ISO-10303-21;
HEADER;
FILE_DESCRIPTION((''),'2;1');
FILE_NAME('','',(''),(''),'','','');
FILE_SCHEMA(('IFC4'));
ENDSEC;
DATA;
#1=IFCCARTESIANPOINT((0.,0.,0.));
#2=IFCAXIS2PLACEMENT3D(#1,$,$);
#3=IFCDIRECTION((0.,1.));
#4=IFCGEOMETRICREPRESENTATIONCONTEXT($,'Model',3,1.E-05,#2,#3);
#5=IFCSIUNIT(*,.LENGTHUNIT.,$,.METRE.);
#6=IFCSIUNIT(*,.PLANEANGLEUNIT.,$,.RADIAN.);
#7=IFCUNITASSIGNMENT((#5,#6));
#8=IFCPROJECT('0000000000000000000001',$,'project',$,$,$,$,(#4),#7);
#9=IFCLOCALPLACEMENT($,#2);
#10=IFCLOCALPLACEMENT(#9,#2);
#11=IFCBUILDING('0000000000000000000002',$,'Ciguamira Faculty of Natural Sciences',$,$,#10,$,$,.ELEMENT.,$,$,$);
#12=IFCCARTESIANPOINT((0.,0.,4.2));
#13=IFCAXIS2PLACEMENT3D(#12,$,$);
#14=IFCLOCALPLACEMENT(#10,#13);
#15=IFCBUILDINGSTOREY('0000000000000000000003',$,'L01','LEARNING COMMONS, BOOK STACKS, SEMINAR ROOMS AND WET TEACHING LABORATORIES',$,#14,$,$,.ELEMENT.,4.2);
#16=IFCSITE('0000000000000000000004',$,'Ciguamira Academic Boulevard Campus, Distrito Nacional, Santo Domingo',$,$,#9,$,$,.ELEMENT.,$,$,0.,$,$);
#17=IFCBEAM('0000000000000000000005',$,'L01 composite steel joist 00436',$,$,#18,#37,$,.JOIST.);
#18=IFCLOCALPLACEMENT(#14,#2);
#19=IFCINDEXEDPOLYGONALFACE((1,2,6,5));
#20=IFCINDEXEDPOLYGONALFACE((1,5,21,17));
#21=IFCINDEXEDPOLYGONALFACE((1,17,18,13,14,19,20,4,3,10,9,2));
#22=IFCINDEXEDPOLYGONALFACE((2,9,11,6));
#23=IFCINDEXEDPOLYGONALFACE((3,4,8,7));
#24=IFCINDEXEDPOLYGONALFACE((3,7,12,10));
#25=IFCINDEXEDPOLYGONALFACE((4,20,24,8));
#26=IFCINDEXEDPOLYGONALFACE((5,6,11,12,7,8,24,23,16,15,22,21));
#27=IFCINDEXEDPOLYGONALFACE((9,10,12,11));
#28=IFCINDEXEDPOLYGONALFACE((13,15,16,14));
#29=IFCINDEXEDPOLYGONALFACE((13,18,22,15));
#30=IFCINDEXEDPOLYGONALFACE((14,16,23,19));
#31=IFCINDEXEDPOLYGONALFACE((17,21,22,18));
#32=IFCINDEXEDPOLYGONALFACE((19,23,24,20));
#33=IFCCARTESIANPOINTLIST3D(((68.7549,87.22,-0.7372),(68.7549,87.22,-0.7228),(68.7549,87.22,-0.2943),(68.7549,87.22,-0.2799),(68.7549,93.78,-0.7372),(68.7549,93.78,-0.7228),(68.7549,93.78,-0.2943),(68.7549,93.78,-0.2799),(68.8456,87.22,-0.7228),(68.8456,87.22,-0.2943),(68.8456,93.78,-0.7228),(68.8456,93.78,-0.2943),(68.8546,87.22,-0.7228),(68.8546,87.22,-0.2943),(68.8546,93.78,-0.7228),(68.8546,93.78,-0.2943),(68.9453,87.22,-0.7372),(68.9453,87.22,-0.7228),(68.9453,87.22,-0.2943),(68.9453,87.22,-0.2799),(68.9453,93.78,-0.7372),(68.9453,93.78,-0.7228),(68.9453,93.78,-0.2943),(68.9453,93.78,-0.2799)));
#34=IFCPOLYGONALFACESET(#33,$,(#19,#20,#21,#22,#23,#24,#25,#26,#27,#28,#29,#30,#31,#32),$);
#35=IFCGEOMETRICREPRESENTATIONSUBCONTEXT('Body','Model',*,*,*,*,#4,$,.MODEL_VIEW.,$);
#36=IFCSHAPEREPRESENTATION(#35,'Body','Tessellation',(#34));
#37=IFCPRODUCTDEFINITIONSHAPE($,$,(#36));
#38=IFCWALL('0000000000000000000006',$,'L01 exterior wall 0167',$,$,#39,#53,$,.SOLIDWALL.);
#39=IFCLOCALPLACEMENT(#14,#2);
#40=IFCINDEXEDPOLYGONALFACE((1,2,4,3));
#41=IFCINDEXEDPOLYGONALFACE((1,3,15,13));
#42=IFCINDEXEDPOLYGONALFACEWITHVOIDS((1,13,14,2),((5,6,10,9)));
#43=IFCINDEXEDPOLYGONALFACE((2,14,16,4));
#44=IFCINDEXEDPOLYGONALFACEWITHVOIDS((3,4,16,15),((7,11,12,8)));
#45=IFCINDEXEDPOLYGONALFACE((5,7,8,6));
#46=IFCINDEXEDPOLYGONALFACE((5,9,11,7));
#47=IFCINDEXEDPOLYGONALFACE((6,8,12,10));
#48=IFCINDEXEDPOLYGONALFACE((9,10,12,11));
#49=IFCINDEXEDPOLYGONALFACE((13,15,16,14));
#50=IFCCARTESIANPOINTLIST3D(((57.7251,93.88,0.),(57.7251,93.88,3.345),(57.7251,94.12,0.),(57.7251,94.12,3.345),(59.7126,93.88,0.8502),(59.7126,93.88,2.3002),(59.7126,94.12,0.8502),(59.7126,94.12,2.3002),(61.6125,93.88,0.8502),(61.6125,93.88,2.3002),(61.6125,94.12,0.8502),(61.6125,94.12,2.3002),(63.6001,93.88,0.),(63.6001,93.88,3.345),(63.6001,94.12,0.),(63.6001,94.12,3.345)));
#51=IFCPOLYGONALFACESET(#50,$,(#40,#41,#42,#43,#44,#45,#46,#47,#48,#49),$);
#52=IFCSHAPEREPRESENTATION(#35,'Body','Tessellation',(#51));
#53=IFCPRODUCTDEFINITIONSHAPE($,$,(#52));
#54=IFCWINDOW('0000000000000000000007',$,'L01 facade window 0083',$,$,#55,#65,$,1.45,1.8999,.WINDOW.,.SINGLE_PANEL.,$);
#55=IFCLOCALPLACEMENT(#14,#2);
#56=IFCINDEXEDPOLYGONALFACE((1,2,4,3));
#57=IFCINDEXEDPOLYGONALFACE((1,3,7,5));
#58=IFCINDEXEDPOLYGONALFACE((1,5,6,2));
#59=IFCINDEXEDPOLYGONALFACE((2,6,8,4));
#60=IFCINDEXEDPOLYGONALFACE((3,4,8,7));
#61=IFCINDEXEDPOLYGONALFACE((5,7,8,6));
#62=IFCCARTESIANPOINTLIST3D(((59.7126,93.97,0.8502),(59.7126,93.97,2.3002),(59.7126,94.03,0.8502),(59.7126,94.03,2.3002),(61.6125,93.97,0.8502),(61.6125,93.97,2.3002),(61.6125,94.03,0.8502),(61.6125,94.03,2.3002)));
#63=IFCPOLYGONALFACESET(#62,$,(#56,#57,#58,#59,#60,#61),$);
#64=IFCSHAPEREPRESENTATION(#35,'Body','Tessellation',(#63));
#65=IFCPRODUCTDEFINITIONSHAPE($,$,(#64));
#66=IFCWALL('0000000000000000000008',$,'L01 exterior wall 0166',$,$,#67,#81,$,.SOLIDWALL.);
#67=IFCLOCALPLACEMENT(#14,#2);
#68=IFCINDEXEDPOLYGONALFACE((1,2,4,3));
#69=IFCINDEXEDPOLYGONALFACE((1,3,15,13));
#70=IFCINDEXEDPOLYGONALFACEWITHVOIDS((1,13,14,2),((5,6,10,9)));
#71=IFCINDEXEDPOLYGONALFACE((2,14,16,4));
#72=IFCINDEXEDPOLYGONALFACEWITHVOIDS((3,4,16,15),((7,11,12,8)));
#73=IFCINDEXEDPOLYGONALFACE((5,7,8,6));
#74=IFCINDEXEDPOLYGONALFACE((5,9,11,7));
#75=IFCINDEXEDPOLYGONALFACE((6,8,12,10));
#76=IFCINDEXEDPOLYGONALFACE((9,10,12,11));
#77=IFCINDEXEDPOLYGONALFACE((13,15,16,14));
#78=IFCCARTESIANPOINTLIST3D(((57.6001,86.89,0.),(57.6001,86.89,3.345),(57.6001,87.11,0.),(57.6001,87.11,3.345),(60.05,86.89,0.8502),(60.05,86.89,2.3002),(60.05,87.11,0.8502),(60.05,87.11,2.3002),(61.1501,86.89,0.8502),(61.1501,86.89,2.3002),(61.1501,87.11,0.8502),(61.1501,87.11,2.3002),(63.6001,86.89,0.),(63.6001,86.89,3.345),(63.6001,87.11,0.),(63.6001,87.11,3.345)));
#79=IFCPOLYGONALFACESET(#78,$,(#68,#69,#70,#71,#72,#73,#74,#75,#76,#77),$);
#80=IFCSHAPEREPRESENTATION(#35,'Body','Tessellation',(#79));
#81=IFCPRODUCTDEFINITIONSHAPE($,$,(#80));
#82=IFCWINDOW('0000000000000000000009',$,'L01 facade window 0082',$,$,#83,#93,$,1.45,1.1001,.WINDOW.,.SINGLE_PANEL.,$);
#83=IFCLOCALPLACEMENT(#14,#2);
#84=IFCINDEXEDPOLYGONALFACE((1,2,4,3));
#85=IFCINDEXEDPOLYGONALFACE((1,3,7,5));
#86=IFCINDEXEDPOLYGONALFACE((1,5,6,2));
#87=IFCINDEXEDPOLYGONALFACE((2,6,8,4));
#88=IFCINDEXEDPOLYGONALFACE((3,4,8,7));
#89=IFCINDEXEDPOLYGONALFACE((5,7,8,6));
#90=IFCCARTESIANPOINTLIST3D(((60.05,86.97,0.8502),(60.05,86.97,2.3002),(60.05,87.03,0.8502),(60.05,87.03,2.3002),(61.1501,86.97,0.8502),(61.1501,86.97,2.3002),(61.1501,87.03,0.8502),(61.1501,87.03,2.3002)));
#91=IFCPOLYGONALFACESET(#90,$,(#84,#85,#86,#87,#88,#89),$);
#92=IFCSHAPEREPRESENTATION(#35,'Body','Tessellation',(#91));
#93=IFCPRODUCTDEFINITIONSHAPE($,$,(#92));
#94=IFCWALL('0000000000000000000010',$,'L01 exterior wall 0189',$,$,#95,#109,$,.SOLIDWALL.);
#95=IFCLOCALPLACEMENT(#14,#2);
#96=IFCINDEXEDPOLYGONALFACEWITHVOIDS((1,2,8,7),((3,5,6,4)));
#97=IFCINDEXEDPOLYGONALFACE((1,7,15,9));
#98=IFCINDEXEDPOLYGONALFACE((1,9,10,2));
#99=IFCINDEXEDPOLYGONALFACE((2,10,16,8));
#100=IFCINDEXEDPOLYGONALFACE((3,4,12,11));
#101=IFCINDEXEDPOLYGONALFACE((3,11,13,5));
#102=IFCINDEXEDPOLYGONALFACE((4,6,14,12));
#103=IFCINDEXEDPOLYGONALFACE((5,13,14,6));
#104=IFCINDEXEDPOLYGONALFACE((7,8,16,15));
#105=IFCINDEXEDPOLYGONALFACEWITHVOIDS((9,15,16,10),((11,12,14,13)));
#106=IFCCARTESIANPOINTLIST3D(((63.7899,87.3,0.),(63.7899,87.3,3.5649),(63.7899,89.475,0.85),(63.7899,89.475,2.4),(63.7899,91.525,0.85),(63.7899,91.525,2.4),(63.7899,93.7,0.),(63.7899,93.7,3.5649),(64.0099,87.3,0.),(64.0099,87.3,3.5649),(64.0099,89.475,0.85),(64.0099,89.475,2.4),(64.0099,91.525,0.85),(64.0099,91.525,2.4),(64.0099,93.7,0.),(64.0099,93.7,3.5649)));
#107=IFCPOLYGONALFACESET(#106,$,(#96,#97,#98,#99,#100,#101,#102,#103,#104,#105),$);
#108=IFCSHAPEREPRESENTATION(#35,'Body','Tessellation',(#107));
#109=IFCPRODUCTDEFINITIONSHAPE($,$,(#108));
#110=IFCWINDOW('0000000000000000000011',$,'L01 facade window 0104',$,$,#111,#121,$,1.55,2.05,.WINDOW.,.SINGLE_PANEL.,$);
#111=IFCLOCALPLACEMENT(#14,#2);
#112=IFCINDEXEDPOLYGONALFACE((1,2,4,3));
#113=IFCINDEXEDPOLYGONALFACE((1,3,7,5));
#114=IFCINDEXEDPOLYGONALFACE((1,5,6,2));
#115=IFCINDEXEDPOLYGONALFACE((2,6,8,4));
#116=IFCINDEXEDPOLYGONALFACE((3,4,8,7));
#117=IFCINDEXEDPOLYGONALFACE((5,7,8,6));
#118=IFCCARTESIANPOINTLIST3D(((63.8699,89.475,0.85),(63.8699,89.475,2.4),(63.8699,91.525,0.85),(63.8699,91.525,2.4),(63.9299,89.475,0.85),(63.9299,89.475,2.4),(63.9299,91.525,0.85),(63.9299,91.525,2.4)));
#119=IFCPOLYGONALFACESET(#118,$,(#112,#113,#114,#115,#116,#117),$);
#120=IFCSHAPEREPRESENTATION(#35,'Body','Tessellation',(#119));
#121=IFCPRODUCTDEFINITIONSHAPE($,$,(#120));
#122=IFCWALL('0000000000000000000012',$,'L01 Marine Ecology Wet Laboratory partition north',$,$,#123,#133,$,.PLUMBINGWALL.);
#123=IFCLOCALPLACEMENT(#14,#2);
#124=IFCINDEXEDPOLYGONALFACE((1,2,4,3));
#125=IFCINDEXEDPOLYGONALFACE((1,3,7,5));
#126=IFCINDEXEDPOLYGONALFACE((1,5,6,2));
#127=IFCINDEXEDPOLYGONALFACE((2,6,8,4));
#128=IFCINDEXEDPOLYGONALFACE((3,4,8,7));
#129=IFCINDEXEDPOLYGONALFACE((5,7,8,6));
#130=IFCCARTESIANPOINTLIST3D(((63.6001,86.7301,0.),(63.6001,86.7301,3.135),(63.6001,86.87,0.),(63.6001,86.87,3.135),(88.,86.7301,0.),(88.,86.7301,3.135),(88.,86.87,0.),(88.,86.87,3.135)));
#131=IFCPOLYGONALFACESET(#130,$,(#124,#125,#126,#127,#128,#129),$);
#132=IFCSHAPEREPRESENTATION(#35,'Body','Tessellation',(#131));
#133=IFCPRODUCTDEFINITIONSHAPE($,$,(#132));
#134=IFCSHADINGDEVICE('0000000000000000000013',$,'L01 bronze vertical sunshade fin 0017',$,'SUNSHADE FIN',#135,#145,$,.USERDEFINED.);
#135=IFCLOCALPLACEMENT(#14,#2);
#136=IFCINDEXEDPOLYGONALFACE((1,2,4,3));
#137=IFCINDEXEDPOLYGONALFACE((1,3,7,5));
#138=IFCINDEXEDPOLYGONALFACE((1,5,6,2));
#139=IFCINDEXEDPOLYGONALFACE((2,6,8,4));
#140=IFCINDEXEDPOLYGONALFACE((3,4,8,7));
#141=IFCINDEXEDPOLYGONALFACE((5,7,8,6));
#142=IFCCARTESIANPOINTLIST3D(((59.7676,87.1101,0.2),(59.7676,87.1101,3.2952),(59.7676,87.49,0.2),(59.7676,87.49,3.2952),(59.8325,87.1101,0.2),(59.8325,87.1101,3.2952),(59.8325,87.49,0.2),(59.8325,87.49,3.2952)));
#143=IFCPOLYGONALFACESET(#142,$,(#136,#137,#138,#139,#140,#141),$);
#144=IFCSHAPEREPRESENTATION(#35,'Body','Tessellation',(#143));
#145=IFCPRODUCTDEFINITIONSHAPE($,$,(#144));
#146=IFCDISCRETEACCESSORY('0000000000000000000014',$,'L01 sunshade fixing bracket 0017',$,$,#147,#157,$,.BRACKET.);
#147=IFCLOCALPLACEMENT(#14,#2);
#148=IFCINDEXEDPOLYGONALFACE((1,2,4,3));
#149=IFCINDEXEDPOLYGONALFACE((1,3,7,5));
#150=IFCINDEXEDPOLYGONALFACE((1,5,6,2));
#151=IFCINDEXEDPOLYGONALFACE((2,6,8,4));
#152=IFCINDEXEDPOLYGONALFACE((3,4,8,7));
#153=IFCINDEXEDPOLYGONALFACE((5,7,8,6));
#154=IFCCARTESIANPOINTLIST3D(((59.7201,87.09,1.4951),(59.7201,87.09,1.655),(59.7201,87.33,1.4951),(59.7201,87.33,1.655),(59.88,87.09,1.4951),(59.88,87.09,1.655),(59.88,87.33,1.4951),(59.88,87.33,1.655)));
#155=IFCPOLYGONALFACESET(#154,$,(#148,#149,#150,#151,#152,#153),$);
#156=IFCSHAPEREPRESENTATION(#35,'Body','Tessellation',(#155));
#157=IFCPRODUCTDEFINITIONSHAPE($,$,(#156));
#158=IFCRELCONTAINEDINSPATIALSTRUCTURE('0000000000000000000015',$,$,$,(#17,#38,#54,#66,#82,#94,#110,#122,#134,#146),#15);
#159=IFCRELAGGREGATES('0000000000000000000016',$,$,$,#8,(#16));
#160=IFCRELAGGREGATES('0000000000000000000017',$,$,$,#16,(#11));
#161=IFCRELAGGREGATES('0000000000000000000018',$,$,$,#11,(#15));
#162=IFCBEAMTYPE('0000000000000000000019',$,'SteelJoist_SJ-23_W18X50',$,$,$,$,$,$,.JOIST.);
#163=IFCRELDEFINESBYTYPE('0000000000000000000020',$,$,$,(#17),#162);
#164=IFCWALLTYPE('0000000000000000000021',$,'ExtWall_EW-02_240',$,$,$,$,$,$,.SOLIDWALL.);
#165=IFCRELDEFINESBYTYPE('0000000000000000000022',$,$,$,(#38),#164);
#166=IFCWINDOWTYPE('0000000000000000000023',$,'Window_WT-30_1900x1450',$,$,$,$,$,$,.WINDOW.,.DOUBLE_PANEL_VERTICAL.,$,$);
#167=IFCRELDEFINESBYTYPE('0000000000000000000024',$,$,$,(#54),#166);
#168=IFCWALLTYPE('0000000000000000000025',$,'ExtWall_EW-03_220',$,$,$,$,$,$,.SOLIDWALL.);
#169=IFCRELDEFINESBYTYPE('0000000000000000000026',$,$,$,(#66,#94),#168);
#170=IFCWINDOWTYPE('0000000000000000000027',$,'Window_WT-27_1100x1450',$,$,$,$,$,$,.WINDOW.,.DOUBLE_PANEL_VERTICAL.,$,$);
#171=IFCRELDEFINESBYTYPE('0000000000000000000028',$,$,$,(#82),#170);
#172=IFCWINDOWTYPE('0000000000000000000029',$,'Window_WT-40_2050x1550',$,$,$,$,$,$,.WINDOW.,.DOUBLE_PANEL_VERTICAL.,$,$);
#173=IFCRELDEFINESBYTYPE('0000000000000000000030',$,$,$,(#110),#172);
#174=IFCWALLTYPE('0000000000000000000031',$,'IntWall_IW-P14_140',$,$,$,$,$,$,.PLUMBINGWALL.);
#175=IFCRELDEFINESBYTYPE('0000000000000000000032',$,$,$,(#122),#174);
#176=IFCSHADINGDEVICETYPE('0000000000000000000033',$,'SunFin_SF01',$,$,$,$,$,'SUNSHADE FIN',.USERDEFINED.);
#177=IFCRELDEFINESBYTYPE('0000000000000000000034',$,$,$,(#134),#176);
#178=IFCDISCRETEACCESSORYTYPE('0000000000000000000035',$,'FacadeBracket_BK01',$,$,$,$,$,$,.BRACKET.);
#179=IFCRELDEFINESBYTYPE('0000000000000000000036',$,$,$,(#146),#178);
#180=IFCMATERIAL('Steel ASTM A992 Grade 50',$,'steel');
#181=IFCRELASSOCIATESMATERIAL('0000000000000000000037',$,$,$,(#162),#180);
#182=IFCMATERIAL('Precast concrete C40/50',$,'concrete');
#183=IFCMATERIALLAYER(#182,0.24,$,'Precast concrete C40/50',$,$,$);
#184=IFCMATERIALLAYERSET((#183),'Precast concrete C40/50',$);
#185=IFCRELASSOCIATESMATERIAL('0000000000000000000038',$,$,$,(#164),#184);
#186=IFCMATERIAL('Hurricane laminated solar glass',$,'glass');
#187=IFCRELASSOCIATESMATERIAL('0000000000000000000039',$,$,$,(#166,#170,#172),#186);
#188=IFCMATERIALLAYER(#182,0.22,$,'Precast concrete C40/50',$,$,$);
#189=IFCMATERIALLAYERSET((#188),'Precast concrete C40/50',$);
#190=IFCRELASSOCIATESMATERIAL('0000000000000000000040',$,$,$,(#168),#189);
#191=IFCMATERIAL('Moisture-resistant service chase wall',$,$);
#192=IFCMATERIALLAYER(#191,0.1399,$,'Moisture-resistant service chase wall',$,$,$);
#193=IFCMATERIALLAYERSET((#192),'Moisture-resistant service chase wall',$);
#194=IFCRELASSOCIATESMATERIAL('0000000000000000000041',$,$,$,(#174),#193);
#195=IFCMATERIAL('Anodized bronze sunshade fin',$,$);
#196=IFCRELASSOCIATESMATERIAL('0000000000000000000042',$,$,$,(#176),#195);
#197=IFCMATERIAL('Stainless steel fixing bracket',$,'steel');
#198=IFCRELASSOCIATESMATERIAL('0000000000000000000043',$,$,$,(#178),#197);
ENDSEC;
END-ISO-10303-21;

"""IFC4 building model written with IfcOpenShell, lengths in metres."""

from ifc_helpers import new_model, si_unit, direction, frame, frame_2d, origin, origin_2d, place, context, subcontext, project, spatial, rectangle, i_section, extrude, material, layer, layer_set, material_profile, profile_set, type_object, element, fill, save


model = new_model("IFC4")

# Units and contexts
model_context = context("Model", 3, precision=1e-05, world=origin(), true_north=direction((0.0, 1.0)))
body_context = subcontext(model_context, "Body", "Model", "MODEL_VIEW")
ifc_project = project(units=[si_unit("LENGTHUNIT", "METRE"), si_unit("PLANEANGLEUNIT", "RADIAN")], contexts=[model_context])

# Site, building, storey
site_placement = place(None, origin())
site = spatial("IfcSite", under=ifc_project, at=site_placement, Name="Ciguamira Academic Boulevard Campus, Distrito Nacional, Santo Domingo", CompositionType="ELEMENT", RefElevation=0.0)
building_placement = place(site_placement, origin())
building = spatial("IfcBuilding", under=site, at=building_placement, Name="Ciguamira Faculty of Natural Sciences", CompositionType="ELEMENT")
storey_placement = place(building_placement, frame((0.0, 0.0, 4.2)))
storey = spatial("IfcBuildingStorey", under=building, at=storey_placement, Name="L01", Description="LEARNING COMMONS, BOOK STACKS, SEMINAR ROOMS AND WET TEACHING LABORATORIES", CompositionType="ELEMENT", Elevation=4.2)

# Beam
ifc_material_1 = material(Name="Precast concrete C40/50", Category="concrete")
ifc_material_2 = material(Name="Steel ASTM A992 Grade 50", Category="steel")
ifc_material_profile_1 = material_profile(ifc_material_2, i_section(OverallWidth=0.1904, OverallDepth=0.4573, WebThickness=0.009, FlangeThickness=0.0144, at=origin_2d()), Name="W18X50")
ifc_profile_set_1 = profile_set([ifc_material_profile_1], Name="Steel ASTM A992 Grade 50")
beam_type_1 = type_object("IfcBeamType", Name="SteelJoist_SJ-23_W18X50", PredefinedType="JOIST", material=ifc_profile_set_1)
beam_1_placement = place(storey_placement, frame((68.8501, 87.22, -0.5085), z_axis=(0.0, 1.0, 0.0), x_axis=(-1.0, 0.0, 0.0)))
element("IfcBeam", 1, at=beam_1_placement, inside=storey, type_object=beam_type_1, Name="L01 composite steel joist 00436", PredefinedType="JOIST", context=body_context, shape_type="SweptSolid", body=[
    extrude(i_section(OverallWidth=0.1904, OverallDepth=0.4573, WebThickness=0.009, FlangeThickness=0.0144, at=origin_2d()), origin(), (0.0, 0.0, 1.0), 6.5601),
])

# Walls, openings, windows
ifc_layer_1 = layer(ifc_material_1, 0.24, Name="Precast concrete C40/50")
ifc_layer_set_1 = layer_set([ifc_layer_1], Name="Precast concrete C40/50")
wall_type_1 = type_object("IfcWallType", Name="ExtWall_EW-02_240", PredefinedType="SOLIDWALL", material=ifc_layer_set_1)
wall_1_placement = place(storey_placement, frame((57.7251, 94.0, 0.0), z_axis=(0.0, 0.0, 1.0), x_axis=(1.0, 0.0, 0.0)))
wall_1 = element("IfcWall", 2, at=wall_1_placement, inside=storey, type_object=wall_type_1, Name="L01 exterior wall 0167", PredefinedType="SOLIDWALL", context=body_context, shape_type="SweptSolid", body=[
    extrude(rectangle(XDim=5.875, YDim=0.24, at=frame_2d((2.9375, 0.0))), origin(), (0.0, 0.0, 1.0), 3.345),
])
opening_1_placement = place(wall_1_placement, frame((1.9875, 0.0, 0.8501)))
opening_1 = element("IfcOpeningElement", 3, at=opening_1_placement, cuts=wall_1, PredefinedType="OPENING", context=body_context, shape_type="SweptSolid", body=[
    extrude(rectangle(XDim=1.8999, YDim=1.45, at=frame_2d((0.95, 0.7251))), frame((0.0, 0.1299, 0.0), z_axis=(0.0, -1.0, 0.0), x_axis=(1.0, 0.0, 0.0)), (0.0, 0.0, 1.0), 0.26),
])
ifc_material_3 = material(Name="Hurricane laminated solar glass", Category="glass")
window_type_1 = type_object("IfcWindowType", Name="Window_WT-30_1900x1450", PartitioningType="DOUBLE_PANEL_VERTICAL", PredefinedType="WINDOW", material=ifc_material_3)
window_1_placement = place(opening_1_placement, origin())
window_1 = element("IfcWindow", 4, at=window_1_placement, inside=storey, type_object=window_type_1, Name="L01 facade window 0083", OverallHeight=1.45, OverallWidth=1.8999, PartitioningType="SINGLE_PANEL", PredefinedType="WINDOW", context=body_context, shape_type="SweptSolid", body=[
    extrude(rectangle(XDim=1.8999, YDim=1.45, at=frame_2d((0.95, 0.7251))), frame((0.0, 0.03, 0.0), z_axis=(0.0, -1.0, 0.0), x_axis=(1.0, 0.0, 0.0)), (0.0, 0.0, 1.0), 0.0601),
])
fill(opening_1, window_1)
ifc_layer_2 = layer(ifc_material_1, 0.22, Name="Precast concrete C40/50")
ifc_layer_set_2 = layer_set([ifc_layer_2], Name="Precast concrete C40/50")
wall_type_2 = type_object("IfcWallType", Name="ExtWall_EW-03_220", PredefinedType="SOLIDWALL", material=ifc_layer_set_2)
wall_2_placement = place(storey_placement, frame((57.6001, 87.0, 0.0), z_axis=(0.0, 0.0, 1.0), x_axis=(1.0, 0.0, 0.0)))
wall_2 = element("IfcWall", 5, at=wall_2_placement, inside=storey, type_object=wall_type_2, Name="L01 exterior wall 0166", PredefinedType="SOLIDWALL", context=body_context, shape_type="SweptSolid", body=[
    extrude(rectangle(XDim=6.0, YDim=0.22, at=frame_2d((3.0, 0.0))), origin(), (0.0, 0.0, 1.0), 3.345),
])
opening_2_placement = place(wall_2_placement, frame((2.45, 0.0, 0.8501)))
opening_2 = element("IfcOpeningElement", 6, at=opening_2_placement, cuts=wall_2, PredefinedType="OPENING", context=body_context, shape_type="SweptSolid", body=[
    extrude(rectangle(XDim=1.1001, YDim=1.45, at=frame_2d((0.55, 0.7251))), frame((0.0, 0.1199, 0.0), z_axis=(0.0, -1.0, 0.0), x_axis=(1.0, 0.0, 0.0)), (0.0, 0.0, 1.0), 0.24),
])
window_type_2 = type_object("IfcWindowType", Name="Window_WT-27_1100x1450", PartitioningType="DOUBLE_PANEL_VERTICAL", PredefinedType="WINDOW", material=ifc_material_3)
window_2_placement = place(opening_2_placement, origin())
window_2 = element("IfcWindow", 7, at=window_2_placement, inside=storey, type_object=window_type_2, Name="L01 facade window 0082", OverallHeight=1.45, OverallWidth=1.1001, PartitioningType="SINGLE_PANEL", PredefinedType="WINDOW", context=body_context, shape_type="SweptSolid", body=[
    extrude(rectangle(XDim=1.1001, YDim=1.45, at=frame_2d((0.55, 0.7251))), frame((0.0, 0.03, 0.0), z_axis=(0.0, -1.0, 0.0), x_axis=(1.0, 0.0, 0.0)), (0.0, 0.0, 1.0), 0.0601),
])
fill(opening_2, window_2)
wall_3_placement = place(storey_placement, frame((63.8999, 87.3, 0.0), z_axis=(0.0, 0.0, 1.0), x_axis=(0.0, 1.0, 0.0)))
wall_3 = element("IfcWall", 8, at=wall_3_placement, inside=storey, type_object=wall_type_2, Name="L01 exterior wall 0189", PredefinedType="SOLIDWALL", context=body_context, shape_type="SweptSolid", body=[
    extrude(rectangle(XDim=6.3999, YDim=0.22, at=frame_2d((3.2, 0.0))), origin(), (0.0, 0.0, 1.0), 3.5649),
])
opening_3_placement = place(wall_3_placement, frame((2.175, 0.0, 0.8501)))
opening_3 = element("IfcOpeningElement", 9, at=opening_3_placement, cuts=wall_3, PredefinedType="OPENING", context=body_context, shape_type="SweptSolid", body=[
    extrude(rectangle(XDim=2.05, YDim=1.55, at=frame_2d((1.0249, 0.7749))), frame((0.0, 0.1199, 0.0), z_axis=(0.0, -1.0, 0.0), x_axis=(1.0, 0.0, 0.0)), (0.0, 0.0, 1.0), 0.24),
])
window_type_3 = type_object("IfcWindowType", Name="Window_WT-40_2050x1550", PartitioningType="DOUBLE_PANEL_VERTICAL", PredefinedType="WINDOW", material=ifc_material_3)
window_3_placement = place(opening_3_placement, origin())
window_3 = element("IfcWindow", 10, at=window_3_placement, inside=storey, type_object=window_type_3, Name="L01 facade window 0104", OverallHeight=1.55, OverallWidth=2.05, PartitioningType="SINGLE_PANEL", PredefinedType="WINDOW", context=body_context, shape_type="SweptSolid", body=[
    extrude(rectangle(XDim=2.05, YDim=1.55, at=frame_2d((1.0249, 0.7749))), frame((0.0, 0.03, 0.0), z_axis=(0.0, -1.0, 0.0), x_axis=(1.0, 0.0, 0.0)), (0.0, 0.0, 1.0), 0.0601),
])
fill(opening_3, window_3)

# Wall
ifc_material_4 = material(Name="Moisture-resistant service chase wall")
ifc_layer_3 = layer(ifc_material_4, 0.1399, Name="Moisture-resistant service chase wall")
ifc_layer_set_3 = layer_set([ifc_layer_3], Name="Moisture-resistant service chase wall")
wall_type_3 = type_object("IfcWallType", Name="IntWall_IW-P14_140", PredefinedType="PLUMBINGWALL", material=ifc_layer_set_3)
wall_4_placement = place(storey_placement, frame((63.6001, 86.8, 0.0), z_axis=(0.0, 0.0, 1.0), x_axis=(1.0, 0.0, 0.0)))
element("IfcWall", 11, at=wall_4_placement, inside=storey, type_object=wall_type_3, Name="L01 Marine Ecology Wet Laboratory partition north", PredefinedType="PLUMBINGWALL", context=body_context, shape_type="SweptSolid", body=[
    extrude(rectangle(XDim=24.3999, YDim=0.1399, at=frame_2d((12.2, 0.0))), origin(), (0.0, 0.0, 1.0), 3.135),
])

# Shading device
ifc_material_5 = material(Name="Anodized bronze sunshade fin")
ifc_material_profile_2 = material_profile(ifc_material_5, rectangle(XDim=0.0649, YDim=0.3799, at=origin_2d()), Name="BRZ-FIN-65X380")
ifc_profile_set_2 = profile_set([ifc_material_profile_2], Name="Anodized bronze sunshade fin")
shading_device_type = type_object("IfcShadingDeviceType", Name="SunFin_SF01", ElementType="SUNSHADE FIN", PredefinedType="USERDEFINED", material=ifc_profile_set_2)
shading_device_placement = place(storey_placement, frame((59.8, 87.3, 0.2), z_axis=(0.0, 0.0, 1.0), x_axis=(1.0, 0.0, 0.0)))
element("IfcShadingDevice", 12, at=shading_device_placement, inside=storey, type_object=shading_device_type, Name="L01 bronze vertical sunshade fin 0017", ObjectType="SUNSHADE FIN", PredefinedType="USERDEFINED", context=body_context, shape_type="SweptSolid", body=[
    extrude(rectangle(XDim=0.0649, YDim=0.3799, at=origin_2d()), origin(), (0.0, 0.0, 1.0), 3.0952),
])

# Discrete accessory
ifc_material_6 = material(Name="Stainless steel fixing bracket", Category="steel")
discrete_accessory_type = type_object("IfcDiscreteAccessoryType", Name="FacadeBracket_BK01", PredefinedType="BRACKET", material=ifc_material_6)
discrete_accessory_placement = place(storey_placement, frame((59.8, 87.21, 1.4951), z_axis=(0.0, 0.0, 1.0), x_axis=(1.0, 0.0, 0.0)))
element("IfcDiscreteAccessory", 13, at=discrete_accessory_placement, inside=storey, type_object=discrete_accessory_type, Name="L01 sunshade fixing bracket 0017", PredefinedType="BRACKET", context=body_context, shape_type="SweptSolid", body=[
    extrude(rectangle(XDim=0.1599, YDim=0.24, at=origin_2d()), origin(), (0.0, 0.0, 1.0), 0.1599),
])

save(model, "model.ifc")
